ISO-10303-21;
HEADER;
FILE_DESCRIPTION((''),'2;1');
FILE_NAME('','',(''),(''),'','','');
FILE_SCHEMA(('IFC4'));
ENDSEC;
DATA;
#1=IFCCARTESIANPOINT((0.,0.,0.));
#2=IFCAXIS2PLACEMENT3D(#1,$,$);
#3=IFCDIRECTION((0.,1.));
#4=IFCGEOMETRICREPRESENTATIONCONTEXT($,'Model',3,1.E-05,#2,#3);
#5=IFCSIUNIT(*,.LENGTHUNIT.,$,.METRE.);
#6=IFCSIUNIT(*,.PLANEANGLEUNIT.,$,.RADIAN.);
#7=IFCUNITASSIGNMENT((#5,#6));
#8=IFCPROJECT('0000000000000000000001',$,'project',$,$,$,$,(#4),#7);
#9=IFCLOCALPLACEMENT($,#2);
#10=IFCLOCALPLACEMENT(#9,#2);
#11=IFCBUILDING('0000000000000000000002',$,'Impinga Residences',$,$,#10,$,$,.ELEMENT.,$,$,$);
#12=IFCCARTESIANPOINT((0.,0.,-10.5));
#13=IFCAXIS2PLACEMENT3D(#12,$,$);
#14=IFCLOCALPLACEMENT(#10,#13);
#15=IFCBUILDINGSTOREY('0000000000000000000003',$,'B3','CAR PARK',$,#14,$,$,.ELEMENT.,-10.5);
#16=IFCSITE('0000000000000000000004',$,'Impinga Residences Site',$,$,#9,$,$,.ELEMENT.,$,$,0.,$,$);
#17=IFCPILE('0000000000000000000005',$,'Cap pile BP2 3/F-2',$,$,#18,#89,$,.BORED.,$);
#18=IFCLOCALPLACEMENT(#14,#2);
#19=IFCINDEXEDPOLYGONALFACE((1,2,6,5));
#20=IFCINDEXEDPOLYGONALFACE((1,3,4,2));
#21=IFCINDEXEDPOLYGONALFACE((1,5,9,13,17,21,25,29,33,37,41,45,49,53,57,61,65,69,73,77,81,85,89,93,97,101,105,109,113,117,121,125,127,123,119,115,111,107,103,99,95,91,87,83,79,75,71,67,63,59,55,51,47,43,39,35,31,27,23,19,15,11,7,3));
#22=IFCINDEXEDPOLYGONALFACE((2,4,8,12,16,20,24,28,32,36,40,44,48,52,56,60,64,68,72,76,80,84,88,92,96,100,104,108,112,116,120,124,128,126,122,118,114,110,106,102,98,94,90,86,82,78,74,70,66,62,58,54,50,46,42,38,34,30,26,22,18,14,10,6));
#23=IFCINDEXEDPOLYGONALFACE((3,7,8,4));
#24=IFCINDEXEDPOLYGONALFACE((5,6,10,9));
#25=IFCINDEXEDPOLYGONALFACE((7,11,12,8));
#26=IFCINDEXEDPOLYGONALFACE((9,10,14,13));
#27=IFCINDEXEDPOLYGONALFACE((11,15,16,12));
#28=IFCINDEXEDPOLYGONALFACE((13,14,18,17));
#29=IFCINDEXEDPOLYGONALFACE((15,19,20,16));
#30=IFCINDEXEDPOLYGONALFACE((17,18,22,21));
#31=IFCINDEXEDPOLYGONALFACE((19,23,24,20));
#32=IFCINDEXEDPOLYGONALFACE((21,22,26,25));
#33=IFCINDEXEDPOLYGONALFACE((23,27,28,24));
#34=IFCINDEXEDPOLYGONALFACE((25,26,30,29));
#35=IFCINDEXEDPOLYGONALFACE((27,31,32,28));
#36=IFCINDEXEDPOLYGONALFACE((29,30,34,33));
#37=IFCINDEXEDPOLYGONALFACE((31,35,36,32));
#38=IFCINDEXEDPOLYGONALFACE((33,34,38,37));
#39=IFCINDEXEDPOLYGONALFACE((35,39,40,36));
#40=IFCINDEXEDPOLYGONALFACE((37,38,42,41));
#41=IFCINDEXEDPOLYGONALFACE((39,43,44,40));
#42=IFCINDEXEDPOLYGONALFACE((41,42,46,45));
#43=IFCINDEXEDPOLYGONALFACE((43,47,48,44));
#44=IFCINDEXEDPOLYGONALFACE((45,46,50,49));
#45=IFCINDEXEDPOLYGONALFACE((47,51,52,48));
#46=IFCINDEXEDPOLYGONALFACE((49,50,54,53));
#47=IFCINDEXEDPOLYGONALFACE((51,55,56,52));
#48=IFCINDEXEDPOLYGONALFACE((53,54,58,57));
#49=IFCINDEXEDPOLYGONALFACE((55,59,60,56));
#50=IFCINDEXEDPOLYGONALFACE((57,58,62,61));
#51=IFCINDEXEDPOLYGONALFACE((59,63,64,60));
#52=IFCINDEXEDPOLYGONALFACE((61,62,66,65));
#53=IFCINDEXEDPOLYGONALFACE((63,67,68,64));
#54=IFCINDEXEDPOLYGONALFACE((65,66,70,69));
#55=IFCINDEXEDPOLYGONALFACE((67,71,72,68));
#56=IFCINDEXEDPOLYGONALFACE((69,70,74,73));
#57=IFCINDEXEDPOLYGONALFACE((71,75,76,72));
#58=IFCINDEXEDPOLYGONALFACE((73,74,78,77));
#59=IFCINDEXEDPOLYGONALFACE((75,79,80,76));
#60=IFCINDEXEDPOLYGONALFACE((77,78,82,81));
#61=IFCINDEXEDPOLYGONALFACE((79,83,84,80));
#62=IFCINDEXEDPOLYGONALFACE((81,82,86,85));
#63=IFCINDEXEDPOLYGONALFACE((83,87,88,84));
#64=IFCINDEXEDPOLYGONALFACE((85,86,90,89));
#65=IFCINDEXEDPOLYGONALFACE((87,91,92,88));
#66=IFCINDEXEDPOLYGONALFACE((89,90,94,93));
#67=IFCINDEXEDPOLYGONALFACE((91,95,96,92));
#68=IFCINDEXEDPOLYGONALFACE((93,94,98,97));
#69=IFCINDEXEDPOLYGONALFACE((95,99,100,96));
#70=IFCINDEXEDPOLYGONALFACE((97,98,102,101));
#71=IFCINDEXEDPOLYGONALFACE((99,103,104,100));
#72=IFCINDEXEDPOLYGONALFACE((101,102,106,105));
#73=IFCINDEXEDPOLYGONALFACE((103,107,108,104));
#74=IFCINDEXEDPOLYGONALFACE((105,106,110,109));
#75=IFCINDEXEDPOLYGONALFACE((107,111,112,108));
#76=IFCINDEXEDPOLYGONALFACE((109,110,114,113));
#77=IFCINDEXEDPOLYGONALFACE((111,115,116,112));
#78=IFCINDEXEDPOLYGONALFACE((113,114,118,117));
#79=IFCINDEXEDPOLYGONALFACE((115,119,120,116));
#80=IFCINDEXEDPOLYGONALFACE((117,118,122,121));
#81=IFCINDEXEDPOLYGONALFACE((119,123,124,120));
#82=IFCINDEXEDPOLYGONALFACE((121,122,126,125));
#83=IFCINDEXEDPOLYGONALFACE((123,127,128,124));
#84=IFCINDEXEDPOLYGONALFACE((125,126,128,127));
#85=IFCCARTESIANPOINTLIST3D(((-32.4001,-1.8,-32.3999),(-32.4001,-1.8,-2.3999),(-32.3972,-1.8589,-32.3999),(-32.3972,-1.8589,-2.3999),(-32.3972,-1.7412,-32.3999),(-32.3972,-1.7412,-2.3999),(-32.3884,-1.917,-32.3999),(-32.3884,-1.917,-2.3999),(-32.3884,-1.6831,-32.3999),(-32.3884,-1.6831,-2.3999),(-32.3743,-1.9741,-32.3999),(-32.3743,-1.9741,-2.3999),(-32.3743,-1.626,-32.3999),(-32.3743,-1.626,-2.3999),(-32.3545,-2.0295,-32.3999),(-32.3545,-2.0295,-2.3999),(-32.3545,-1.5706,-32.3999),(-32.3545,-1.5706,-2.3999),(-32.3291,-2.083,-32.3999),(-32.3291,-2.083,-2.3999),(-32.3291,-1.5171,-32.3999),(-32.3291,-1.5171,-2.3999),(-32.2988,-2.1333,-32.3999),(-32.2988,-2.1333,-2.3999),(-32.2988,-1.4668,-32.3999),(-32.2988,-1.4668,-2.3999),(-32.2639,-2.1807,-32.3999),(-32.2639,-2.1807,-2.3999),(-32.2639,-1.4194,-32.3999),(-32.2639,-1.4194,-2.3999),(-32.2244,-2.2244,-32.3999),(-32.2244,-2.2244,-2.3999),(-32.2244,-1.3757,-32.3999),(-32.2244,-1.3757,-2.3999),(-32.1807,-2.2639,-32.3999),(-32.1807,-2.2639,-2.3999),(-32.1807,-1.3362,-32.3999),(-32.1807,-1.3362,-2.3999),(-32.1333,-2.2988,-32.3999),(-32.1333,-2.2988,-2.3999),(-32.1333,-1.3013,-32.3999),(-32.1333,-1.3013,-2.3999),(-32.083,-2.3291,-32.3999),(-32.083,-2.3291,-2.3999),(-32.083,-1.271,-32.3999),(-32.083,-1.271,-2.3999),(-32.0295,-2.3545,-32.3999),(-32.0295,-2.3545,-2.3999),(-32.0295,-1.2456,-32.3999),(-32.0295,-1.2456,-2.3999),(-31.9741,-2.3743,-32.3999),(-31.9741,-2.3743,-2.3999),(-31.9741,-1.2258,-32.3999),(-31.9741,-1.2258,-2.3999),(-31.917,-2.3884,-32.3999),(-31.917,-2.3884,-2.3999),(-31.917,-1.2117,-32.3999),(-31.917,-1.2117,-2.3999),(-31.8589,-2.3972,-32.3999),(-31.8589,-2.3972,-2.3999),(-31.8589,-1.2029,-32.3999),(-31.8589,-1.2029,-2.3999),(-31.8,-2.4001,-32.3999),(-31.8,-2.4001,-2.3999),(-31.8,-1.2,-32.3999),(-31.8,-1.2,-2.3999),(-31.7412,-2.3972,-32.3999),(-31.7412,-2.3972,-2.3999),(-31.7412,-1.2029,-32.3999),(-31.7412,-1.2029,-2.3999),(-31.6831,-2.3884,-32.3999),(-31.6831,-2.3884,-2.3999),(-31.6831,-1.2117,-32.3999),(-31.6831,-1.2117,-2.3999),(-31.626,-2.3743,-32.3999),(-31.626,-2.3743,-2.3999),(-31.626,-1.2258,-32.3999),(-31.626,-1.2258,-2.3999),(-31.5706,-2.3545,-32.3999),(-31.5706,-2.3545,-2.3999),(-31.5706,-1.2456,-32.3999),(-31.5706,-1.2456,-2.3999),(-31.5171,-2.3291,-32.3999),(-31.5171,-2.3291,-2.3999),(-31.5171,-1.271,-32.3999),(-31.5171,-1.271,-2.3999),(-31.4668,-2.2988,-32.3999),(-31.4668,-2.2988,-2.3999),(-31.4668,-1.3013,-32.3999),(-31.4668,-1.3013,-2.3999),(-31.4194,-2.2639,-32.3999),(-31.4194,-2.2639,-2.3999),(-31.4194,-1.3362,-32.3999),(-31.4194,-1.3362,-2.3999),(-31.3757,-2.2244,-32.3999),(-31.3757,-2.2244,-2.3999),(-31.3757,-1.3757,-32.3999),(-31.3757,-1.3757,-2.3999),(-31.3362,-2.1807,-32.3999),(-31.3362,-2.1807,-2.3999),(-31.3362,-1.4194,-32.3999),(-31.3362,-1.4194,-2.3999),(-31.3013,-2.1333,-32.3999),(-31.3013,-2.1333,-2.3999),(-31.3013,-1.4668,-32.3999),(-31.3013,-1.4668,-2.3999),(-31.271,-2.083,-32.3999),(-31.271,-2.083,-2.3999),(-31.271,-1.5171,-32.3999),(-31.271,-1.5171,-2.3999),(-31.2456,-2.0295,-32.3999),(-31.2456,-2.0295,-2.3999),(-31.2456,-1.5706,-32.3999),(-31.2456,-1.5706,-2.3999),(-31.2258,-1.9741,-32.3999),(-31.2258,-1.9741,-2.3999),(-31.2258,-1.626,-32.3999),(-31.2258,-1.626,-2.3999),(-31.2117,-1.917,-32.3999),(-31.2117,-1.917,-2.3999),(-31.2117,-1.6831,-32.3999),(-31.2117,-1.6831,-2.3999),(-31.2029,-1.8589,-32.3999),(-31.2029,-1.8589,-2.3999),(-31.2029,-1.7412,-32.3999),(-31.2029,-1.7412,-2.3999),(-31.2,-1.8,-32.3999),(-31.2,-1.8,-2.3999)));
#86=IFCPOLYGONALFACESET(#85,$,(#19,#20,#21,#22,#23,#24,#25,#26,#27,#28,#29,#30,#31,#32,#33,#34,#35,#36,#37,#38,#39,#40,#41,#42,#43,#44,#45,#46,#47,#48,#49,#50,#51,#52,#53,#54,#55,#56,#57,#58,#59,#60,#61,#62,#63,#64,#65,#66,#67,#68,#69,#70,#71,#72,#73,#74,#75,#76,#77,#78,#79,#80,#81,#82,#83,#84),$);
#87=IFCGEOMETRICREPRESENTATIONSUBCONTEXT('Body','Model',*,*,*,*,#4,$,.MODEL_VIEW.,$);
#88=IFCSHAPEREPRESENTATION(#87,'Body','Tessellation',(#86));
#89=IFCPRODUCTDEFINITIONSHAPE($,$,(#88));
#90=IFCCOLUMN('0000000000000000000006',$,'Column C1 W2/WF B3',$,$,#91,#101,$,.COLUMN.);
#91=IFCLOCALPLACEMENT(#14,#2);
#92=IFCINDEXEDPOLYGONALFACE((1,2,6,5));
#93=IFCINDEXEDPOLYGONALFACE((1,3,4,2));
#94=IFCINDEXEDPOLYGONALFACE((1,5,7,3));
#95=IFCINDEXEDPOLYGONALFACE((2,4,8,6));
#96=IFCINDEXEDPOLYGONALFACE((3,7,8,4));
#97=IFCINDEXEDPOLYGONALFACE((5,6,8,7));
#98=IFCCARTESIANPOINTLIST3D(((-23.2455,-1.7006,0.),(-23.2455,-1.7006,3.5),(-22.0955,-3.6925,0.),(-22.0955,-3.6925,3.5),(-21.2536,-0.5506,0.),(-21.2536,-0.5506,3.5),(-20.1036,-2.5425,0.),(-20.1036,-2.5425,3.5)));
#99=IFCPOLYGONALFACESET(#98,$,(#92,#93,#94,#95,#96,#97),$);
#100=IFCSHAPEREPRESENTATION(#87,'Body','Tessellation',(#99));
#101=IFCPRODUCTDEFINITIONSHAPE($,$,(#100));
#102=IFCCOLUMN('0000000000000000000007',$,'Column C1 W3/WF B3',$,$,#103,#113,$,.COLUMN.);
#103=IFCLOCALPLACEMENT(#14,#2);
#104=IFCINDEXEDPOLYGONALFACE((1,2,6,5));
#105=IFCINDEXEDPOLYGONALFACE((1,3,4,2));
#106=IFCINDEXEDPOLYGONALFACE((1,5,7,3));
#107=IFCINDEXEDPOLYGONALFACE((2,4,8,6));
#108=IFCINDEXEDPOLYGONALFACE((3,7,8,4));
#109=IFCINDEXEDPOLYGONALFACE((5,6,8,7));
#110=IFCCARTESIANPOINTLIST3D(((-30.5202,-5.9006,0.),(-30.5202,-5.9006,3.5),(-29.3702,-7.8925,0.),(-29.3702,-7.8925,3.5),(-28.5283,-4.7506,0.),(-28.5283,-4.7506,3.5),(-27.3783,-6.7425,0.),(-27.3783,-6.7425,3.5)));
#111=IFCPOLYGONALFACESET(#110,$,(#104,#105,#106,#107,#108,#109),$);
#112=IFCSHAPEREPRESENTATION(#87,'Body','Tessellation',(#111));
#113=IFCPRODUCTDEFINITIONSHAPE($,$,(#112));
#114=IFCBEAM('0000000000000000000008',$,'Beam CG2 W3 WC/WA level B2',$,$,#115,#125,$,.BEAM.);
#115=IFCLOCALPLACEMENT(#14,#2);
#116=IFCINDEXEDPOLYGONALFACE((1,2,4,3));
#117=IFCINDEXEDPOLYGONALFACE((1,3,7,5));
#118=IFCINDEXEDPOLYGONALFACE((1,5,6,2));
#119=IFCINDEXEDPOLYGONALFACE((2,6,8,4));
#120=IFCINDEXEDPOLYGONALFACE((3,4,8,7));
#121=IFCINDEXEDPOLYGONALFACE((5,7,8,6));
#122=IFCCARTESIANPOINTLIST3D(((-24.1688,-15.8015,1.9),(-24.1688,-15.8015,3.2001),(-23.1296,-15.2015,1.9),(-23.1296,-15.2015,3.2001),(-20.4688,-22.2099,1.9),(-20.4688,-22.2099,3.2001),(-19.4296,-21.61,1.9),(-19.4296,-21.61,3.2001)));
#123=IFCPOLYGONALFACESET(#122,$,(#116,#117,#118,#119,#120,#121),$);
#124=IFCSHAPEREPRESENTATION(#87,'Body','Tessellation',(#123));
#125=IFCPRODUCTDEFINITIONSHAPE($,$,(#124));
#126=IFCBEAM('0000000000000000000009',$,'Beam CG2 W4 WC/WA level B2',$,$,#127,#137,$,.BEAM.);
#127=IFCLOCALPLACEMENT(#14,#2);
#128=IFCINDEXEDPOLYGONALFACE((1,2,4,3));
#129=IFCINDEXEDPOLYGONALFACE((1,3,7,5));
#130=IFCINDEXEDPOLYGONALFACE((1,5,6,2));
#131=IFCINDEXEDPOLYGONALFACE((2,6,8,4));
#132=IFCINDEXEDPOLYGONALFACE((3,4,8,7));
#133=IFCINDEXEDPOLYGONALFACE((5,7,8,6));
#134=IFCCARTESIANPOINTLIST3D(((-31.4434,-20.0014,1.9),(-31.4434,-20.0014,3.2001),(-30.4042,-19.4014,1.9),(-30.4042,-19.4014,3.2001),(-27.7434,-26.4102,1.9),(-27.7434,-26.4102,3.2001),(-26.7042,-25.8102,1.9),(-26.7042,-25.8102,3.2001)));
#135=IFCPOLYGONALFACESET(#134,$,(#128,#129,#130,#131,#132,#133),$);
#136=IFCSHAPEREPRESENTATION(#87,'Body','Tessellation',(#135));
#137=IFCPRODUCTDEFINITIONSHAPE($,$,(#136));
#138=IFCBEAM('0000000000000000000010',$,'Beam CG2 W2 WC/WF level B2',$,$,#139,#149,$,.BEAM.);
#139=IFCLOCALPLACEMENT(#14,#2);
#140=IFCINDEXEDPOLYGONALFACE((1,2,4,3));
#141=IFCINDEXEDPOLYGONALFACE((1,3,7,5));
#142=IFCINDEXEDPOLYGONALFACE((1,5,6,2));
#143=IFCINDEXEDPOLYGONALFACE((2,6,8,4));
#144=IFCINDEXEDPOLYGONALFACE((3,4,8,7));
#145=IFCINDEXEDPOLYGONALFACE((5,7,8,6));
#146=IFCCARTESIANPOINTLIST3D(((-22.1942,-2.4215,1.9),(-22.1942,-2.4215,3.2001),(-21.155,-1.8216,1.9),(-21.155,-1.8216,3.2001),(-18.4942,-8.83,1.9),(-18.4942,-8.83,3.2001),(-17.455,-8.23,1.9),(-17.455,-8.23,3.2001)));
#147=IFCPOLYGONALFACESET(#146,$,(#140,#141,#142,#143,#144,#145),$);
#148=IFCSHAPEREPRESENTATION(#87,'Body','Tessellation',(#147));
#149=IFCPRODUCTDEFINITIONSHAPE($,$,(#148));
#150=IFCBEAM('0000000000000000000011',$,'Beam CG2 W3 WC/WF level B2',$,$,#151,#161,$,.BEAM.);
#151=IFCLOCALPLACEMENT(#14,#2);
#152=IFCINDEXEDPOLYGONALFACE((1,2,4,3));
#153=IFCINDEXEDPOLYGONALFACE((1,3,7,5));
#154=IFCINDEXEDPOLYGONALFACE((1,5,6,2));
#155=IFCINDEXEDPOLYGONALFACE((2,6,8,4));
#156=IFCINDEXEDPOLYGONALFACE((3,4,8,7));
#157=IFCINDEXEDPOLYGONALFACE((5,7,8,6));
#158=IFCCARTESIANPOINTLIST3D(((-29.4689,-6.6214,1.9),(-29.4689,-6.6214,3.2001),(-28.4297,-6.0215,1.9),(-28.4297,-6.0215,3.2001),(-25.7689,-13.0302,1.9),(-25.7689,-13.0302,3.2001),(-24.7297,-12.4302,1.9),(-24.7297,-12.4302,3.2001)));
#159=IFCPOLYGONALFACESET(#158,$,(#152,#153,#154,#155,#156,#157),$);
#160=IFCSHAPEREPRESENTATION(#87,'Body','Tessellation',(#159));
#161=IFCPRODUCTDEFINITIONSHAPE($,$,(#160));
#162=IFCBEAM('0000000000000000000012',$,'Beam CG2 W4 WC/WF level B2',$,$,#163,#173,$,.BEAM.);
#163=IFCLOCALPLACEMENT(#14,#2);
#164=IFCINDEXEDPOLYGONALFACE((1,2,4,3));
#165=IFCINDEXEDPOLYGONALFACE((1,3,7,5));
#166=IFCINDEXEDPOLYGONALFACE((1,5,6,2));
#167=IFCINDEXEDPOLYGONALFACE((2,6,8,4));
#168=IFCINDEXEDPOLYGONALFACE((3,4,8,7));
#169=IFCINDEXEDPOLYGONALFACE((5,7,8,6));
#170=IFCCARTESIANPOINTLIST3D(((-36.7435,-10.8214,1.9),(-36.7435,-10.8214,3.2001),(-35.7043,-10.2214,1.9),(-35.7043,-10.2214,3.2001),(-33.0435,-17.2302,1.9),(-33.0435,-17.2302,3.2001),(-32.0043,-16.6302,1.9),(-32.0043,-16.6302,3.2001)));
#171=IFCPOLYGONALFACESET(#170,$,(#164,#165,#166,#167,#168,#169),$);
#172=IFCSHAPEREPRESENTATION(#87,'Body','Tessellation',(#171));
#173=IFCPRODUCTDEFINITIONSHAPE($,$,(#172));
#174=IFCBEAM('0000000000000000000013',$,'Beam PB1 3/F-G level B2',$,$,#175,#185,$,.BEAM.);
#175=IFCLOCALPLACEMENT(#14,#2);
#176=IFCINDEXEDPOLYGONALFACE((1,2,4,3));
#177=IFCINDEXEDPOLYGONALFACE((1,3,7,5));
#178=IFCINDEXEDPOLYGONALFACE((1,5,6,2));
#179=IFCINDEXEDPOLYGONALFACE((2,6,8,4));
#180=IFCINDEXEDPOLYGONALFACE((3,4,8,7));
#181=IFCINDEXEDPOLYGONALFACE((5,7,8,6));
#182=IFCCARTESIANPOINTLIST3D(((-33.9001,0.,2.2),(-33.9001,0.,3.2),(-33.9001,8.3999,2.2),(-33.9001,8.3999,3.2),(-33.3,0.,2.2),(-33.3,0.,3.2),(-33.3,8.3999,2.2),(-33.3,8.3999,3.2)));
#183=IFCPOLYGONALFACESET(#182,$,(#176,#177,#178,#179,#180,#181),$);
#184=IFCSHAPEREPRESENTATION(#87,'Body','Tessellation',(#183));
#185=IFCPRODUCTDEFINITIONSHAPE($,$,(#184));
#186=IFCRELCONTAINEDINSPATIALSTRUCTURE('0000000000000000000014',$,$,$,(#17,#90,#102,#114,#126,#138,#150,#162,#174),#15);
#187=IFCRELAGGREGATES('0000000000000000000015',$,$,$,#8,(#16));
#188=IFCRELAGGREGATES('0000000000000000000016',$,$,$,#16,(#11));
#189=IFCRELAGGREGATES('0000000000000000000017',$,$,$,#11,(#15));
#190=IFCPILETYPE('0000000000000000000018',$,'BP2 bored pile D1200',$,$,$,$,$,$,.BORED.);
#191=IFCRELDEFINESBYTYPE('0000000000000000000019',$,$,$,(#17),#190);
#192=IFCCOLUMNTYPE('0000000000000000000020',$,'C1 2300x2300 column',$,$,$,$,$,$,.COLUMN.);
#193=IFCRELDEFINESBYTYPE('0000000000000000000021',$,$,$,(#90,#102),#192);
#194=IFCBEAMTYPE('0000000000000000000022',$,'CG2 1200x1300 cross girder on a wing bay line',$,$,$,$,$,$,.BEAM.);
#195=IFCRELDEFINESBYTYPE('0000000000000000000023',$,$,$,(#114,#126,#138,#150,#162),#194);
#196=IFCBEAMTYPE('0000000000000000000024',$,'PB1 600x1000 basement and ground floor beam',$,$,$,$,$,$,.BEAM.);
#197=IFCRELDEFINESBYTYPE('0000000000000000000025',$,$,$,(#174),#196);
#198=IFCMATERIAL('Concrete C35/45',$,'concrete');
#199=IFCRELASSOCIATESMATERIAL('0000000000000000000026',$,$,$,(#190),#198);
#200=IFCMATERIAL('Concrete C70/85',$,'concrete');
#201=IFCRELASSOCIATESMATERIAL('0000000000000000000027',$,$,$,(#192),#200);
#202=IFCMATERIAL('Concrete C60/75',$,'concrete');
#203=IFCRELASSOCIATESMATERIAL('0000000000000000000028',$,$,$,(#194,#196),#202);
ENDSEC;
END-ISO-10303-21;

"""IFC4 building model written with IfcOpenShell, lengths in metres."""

from ifc_helpers import new_model, si_unit, direction, frame, origin, origin_2d, place, context, subcontext, project, spatial, polyline, rectangle, circle, outline, extrude, material, material_profile, profile_set, type_object, element, save


model = new_model("IFC4")

# Units and contexts
model_context = context("Model", 3, precision=1e-05, world=origin(), true_north=direction((0.0, 1.0)))
body_context = subcontext(model_context, "Body", "Model", "MODEL_VIEW")
ifc_project = project(units=[si_unit("LENGTHUNIT", "METRE"), si_unit("PLANEANGLEUNIT", "RADIAN")], contexts=[model_context])

# Site, building, storey
site_placement = place(None, origin())
site = spatial("IfcSite", under=ifc_project, at=site_placement, Name="Impinga Residences Site", CompositionType="ELEMENT", RefElevation=0.0)
building_placement = place(site_placement, origin())
building = spatial("IfcBuilding", under=site, at=building_placement, Name="Impinga Residences", CompositionType="ELEMENT")
storey_placement = place(building_placement, frame((0.0, 0.0, -10.5)))
storey = spatial("IfcBuildingStorey", under=building, at=storey_placement, Name="B3", Description="CAR PARK", CompositionType="ELEMENT", Elevation=-10.5)

# Pile
ifc_material_1 = material(Name="Concrete C35/45", Category="concrete")
ifc_material_profile_1 = material_profile(ifc_material_1, circle(Radius=0.6001, at=origin_2d()), Name="D1200")
ifc_profile_set_1 = profile_set([ifc_material_profile_1], Name="Concrete C35/45")
pile_type_1 = type_object("IfcPileType", Name="BP2 bored pile D1200", PredefinedType="BORED", material=ifc_profile_set_1)
pile_1_placement = place(storey_placement, frame((-31.8, -1.8, -2.3999), z_axis=(0.0, 0.0, -1.0), x_axis=(1.0, 0.0, 0.0)))
element("IfcPile", 1, at=pile_1_placement, inside=storey, type_object=pile_type_1, Name="Cap pile BP2 3/F-2", PredefinedType="BORED", context=body_context, shape_type="SweptSolid", body=[
    extrude(outline(polyline([(0.6001, 0.0), (0.5972, 0.0588), (0.5884, 0.1169), (0.5742, 0.1741), (0.5544, 0.2295), (0.5291, 0.283), (0.4988, 0.3333), (0.4639, 0.3806), (0.4243, 0.4243), (0.3806, 0.4639), (0.3333, 0.4988), (0.283, 0.5291), (0.2295, 0.5544), (0.1741, 0.5742), (0.1169, 0.5884), (0.0588, 0.5972), (0.0, 0.6001), (-0.0588, 0.5972), (-0.1169, 0.5884), (-0.1741, 0.5742), (-0.2295, 0.5544), (-0.283, 0.5291), (-0.3333, 0.4988), (-0.3806, 0.4639), (-0.4243, 0.4243), (-0.4639, 0.3806), (-0.4988, 0.3333), (-0.5291, 0.283), (-0.5544, 0.2295), (-0.5742, 0.1741), (-0.5884, 0.1169), (-0.5972, 0.0588), (-0.6001, 0.0), (-0.5972, -0.0588), (-0.5884, -0.1169), (-0.5742, -0.1741), (-0.5544, -0.2295), (-0.5291, -0.283), (-0.4988, -0.3333), (-0.4639, -0.3806), (-0.4243, -0.4243), (-0.3806, -0.4639), (-0.3333, -0.4988), (-0.283, -0.5291), (-0.2295, -0.5544), (-0.1741, -0.5742), (-0.1169, -0.5884), (-0.0588, -0.5972), (0.0, -0.6001), (0.0588, -0.5972), (0.1169, -0.5884), (0.1741, -0.5742), (0.2295, -0.5544), (0.283, -0.5291), (0.3333, -0.4988), (0.3806, -0.4639), (0.4243, -0.4243), (0.4639, -0.3806), (0.4988, -0.3333), (0.5291, -0.283), (0.5544, -0.2295), (0.5742, -0.1741), (0.5884, -0.1169), (0.5972, -0.0588), (0.6001, 0.0)])), origin(), (0.0, 0.0, 1.0), 30.0),
])

# Columns
ifc_material_2 = material(Name="Concrete C70/85", Category="concrete")
ifc_material_profile_2 = material_profile(ifc_material_2, rectangle(XDim=2.3, YDim=2.3, at=origin_2d()), Name="RC 2300x2300")
ifc_profile_set_2 = profile_set([ifc_material_profile_2], Name="Concrete C70/85")
column_type = type_object("IfcColumnType", Name="C1 2300x2300 column", PredefinedType="COLUMN", material=ifc_profile_set_2)
for number, where, z_axis, x_axis, name in (
    (2, (-21.6746, -2.1216, 0.0), (0.0, 0.0, 1.0), (-0.5, 0.866025, 0.0), "Column C1 W2/WF B3"),
    (3, (-28.9492, -6.3215, 0.0), (0.0, 0.0, 1.0), (-0.5, 0.866025, 0.0), "Column C1 W3/WF B3"),
):
    element("IfcColumn", number, at=place(storey_placement, frame(where, z_axis=z_axis, x_axis=x_axis)), inside=storey, type_object=column_type, Name=name, PredefinedType="COLUMN", context=body_context, shape_type="SweptSolid", body=[
        extrude(rectangle(XDim=2.3, YDim=2.3, at=origin_2d()), origin(), (0.0, 0.0, 1.0), 3.5),
    ])

# Beams
ifc_material_3 = material(Name="Concrete C60/75", Category="concrete")
ifc_material_profile_3 = material_profile(ifc_material_3, rectangle(XDim=1.2, YDim=1.3, at=origin_2d()), Name="RC 1200x1300")
ifc_profile_set_3 = profile_set([ifc_material_profile_3], Name="Concrete C60/75")
beam_type_1 = type_object("IfcBeamType", Name="CG2 1200x1300 cross girder on a wing bay line", PredefinedType="BEAM", material=ifc_profile_set_3)
beam_1_placement = place(storey_placement, frame((-23.6492, -15.5015, 2.55), z_axis=(0.500003, -0.866024, 0.0), x_axis=(0.866024, 0.500003, 0.0)))
element("IfcBeam", 4, at=beam_1_placement, inside=storey, type_object=beam_type_1, Name="Beam CG2 W3 WC/WA level B2", PredefinedType="BEAM", context=body_context, shape_type="SweptSolid", body=[
    extrude(rectangle(XDim=1.2, YDim=1.3, at=origin_2d()), origin(), (0.0, 0.0, 1.0), 7.3999),
])
beam_2_placement = place(storey_placement, frame((-30.9238, -19.7014, 2.55), z_axis=(0.499989, -0.866032, 0.0), x_axis=(0.866032, 0.499989, 0.0)))
element("IfcBeam", 5, at=beam_2_placement, inside=storey, type_object=beam_type_1, Name="Beam CG2 W4 WC/WA level B2", PredefinedType="BEAM", context=body_context, shape_type="SweptSolid", body=[
    extrude(rectangle(XDim=1.2, YDim=1.3, at=origin_2d()), origin(), (0.0, 0.0, 1.0), 7.4001),
])
beam_3_placement = place(storey_placement, frame((-17.9746, -8.53, 2.55), z_axis=(-0.500003, 0.866024, 0.0), x_axis=(-0.866024, -0.500003, 0.0)))
element("IfcBeam", 6, at=beam_3_placement, inside=storey, type_object=beam_type_1, Name="Beam CG2 W2 WC/WF level B2", PredefinedType="BEAM", context=body_context, shape_type="SweptSolid", body=[
    extrude(rectangle(XDim=1.2, YDim=1.3, at=origin_2d()), origin(), (0.0, 0.0, 1.0), 7.3999),
])
for number, where, z_axis, x_axis, name in (
    (7, (-25.2493, -12.7302, 2.55), (-0.499989, 0.866032, 0.0), (-0.866032, -0.499989, 0.0), "Beam CG2 W3 WC/WF level B2"),
    (8, (-32.5239, -16.9302, 2.55), (-0.499989, 0.866032, 0.0), (-0.866032, -0.499989, 0.0), "Beam CG2 W4 WC/WF level B2"),
):
    element("IfcBeam", number, at=place(storey_placement, frame(where, z_axis=z_axis, x_axis=x_axis)), inside=storey, type_object=beam_type_1, Name=name, PredefinedType="BEAM", context=body_context, shape_type="SweptSolid", body=[
        extrude(rectangle(XDim=1.2, YDim=1.3, at=origin_2d()), origin(), (0.0, 0.0, 1.0), 7.4001),
    ])
ifc_material_profile_4 = material_profile(ifc_material_3, rectangle(XDim=0.6001, YDim=1.0, at=origin_2d()), Name="RC 600x1000")
ifc_profile_set_4 = profile_set([ifc_material_profile_4], Name="Concrete C60/75")
beam_type_2 = type_object("IfcBeamType", Name="PB1 600x1000 basement and ground floor beam", PredefinedType="BEAM", material=ifc_profile_set_4)
beam_4_placement = place(storey_placement, frame((-33.6001, 0.0, 2.7), z_axis=(0.0, 1.0, 0.0), x_axis=(-1.0, 0.0, 0.0)))
element("IfcBeam", 9, at=beam_4_placement, inside=storey, type_object=beam_type_2, Name="Beam PB1 3/F-G level B2", PredefinedType="BEAM", context=body_context, shape_type="SweptSolid", body=[
    extrude(rectangle(XDim=0.6001, YDim=1.0, at=origin_2d()), origin(), (0.0, 0.0, 1.0), 8.3999),
])

save(model, "model.ifc")
